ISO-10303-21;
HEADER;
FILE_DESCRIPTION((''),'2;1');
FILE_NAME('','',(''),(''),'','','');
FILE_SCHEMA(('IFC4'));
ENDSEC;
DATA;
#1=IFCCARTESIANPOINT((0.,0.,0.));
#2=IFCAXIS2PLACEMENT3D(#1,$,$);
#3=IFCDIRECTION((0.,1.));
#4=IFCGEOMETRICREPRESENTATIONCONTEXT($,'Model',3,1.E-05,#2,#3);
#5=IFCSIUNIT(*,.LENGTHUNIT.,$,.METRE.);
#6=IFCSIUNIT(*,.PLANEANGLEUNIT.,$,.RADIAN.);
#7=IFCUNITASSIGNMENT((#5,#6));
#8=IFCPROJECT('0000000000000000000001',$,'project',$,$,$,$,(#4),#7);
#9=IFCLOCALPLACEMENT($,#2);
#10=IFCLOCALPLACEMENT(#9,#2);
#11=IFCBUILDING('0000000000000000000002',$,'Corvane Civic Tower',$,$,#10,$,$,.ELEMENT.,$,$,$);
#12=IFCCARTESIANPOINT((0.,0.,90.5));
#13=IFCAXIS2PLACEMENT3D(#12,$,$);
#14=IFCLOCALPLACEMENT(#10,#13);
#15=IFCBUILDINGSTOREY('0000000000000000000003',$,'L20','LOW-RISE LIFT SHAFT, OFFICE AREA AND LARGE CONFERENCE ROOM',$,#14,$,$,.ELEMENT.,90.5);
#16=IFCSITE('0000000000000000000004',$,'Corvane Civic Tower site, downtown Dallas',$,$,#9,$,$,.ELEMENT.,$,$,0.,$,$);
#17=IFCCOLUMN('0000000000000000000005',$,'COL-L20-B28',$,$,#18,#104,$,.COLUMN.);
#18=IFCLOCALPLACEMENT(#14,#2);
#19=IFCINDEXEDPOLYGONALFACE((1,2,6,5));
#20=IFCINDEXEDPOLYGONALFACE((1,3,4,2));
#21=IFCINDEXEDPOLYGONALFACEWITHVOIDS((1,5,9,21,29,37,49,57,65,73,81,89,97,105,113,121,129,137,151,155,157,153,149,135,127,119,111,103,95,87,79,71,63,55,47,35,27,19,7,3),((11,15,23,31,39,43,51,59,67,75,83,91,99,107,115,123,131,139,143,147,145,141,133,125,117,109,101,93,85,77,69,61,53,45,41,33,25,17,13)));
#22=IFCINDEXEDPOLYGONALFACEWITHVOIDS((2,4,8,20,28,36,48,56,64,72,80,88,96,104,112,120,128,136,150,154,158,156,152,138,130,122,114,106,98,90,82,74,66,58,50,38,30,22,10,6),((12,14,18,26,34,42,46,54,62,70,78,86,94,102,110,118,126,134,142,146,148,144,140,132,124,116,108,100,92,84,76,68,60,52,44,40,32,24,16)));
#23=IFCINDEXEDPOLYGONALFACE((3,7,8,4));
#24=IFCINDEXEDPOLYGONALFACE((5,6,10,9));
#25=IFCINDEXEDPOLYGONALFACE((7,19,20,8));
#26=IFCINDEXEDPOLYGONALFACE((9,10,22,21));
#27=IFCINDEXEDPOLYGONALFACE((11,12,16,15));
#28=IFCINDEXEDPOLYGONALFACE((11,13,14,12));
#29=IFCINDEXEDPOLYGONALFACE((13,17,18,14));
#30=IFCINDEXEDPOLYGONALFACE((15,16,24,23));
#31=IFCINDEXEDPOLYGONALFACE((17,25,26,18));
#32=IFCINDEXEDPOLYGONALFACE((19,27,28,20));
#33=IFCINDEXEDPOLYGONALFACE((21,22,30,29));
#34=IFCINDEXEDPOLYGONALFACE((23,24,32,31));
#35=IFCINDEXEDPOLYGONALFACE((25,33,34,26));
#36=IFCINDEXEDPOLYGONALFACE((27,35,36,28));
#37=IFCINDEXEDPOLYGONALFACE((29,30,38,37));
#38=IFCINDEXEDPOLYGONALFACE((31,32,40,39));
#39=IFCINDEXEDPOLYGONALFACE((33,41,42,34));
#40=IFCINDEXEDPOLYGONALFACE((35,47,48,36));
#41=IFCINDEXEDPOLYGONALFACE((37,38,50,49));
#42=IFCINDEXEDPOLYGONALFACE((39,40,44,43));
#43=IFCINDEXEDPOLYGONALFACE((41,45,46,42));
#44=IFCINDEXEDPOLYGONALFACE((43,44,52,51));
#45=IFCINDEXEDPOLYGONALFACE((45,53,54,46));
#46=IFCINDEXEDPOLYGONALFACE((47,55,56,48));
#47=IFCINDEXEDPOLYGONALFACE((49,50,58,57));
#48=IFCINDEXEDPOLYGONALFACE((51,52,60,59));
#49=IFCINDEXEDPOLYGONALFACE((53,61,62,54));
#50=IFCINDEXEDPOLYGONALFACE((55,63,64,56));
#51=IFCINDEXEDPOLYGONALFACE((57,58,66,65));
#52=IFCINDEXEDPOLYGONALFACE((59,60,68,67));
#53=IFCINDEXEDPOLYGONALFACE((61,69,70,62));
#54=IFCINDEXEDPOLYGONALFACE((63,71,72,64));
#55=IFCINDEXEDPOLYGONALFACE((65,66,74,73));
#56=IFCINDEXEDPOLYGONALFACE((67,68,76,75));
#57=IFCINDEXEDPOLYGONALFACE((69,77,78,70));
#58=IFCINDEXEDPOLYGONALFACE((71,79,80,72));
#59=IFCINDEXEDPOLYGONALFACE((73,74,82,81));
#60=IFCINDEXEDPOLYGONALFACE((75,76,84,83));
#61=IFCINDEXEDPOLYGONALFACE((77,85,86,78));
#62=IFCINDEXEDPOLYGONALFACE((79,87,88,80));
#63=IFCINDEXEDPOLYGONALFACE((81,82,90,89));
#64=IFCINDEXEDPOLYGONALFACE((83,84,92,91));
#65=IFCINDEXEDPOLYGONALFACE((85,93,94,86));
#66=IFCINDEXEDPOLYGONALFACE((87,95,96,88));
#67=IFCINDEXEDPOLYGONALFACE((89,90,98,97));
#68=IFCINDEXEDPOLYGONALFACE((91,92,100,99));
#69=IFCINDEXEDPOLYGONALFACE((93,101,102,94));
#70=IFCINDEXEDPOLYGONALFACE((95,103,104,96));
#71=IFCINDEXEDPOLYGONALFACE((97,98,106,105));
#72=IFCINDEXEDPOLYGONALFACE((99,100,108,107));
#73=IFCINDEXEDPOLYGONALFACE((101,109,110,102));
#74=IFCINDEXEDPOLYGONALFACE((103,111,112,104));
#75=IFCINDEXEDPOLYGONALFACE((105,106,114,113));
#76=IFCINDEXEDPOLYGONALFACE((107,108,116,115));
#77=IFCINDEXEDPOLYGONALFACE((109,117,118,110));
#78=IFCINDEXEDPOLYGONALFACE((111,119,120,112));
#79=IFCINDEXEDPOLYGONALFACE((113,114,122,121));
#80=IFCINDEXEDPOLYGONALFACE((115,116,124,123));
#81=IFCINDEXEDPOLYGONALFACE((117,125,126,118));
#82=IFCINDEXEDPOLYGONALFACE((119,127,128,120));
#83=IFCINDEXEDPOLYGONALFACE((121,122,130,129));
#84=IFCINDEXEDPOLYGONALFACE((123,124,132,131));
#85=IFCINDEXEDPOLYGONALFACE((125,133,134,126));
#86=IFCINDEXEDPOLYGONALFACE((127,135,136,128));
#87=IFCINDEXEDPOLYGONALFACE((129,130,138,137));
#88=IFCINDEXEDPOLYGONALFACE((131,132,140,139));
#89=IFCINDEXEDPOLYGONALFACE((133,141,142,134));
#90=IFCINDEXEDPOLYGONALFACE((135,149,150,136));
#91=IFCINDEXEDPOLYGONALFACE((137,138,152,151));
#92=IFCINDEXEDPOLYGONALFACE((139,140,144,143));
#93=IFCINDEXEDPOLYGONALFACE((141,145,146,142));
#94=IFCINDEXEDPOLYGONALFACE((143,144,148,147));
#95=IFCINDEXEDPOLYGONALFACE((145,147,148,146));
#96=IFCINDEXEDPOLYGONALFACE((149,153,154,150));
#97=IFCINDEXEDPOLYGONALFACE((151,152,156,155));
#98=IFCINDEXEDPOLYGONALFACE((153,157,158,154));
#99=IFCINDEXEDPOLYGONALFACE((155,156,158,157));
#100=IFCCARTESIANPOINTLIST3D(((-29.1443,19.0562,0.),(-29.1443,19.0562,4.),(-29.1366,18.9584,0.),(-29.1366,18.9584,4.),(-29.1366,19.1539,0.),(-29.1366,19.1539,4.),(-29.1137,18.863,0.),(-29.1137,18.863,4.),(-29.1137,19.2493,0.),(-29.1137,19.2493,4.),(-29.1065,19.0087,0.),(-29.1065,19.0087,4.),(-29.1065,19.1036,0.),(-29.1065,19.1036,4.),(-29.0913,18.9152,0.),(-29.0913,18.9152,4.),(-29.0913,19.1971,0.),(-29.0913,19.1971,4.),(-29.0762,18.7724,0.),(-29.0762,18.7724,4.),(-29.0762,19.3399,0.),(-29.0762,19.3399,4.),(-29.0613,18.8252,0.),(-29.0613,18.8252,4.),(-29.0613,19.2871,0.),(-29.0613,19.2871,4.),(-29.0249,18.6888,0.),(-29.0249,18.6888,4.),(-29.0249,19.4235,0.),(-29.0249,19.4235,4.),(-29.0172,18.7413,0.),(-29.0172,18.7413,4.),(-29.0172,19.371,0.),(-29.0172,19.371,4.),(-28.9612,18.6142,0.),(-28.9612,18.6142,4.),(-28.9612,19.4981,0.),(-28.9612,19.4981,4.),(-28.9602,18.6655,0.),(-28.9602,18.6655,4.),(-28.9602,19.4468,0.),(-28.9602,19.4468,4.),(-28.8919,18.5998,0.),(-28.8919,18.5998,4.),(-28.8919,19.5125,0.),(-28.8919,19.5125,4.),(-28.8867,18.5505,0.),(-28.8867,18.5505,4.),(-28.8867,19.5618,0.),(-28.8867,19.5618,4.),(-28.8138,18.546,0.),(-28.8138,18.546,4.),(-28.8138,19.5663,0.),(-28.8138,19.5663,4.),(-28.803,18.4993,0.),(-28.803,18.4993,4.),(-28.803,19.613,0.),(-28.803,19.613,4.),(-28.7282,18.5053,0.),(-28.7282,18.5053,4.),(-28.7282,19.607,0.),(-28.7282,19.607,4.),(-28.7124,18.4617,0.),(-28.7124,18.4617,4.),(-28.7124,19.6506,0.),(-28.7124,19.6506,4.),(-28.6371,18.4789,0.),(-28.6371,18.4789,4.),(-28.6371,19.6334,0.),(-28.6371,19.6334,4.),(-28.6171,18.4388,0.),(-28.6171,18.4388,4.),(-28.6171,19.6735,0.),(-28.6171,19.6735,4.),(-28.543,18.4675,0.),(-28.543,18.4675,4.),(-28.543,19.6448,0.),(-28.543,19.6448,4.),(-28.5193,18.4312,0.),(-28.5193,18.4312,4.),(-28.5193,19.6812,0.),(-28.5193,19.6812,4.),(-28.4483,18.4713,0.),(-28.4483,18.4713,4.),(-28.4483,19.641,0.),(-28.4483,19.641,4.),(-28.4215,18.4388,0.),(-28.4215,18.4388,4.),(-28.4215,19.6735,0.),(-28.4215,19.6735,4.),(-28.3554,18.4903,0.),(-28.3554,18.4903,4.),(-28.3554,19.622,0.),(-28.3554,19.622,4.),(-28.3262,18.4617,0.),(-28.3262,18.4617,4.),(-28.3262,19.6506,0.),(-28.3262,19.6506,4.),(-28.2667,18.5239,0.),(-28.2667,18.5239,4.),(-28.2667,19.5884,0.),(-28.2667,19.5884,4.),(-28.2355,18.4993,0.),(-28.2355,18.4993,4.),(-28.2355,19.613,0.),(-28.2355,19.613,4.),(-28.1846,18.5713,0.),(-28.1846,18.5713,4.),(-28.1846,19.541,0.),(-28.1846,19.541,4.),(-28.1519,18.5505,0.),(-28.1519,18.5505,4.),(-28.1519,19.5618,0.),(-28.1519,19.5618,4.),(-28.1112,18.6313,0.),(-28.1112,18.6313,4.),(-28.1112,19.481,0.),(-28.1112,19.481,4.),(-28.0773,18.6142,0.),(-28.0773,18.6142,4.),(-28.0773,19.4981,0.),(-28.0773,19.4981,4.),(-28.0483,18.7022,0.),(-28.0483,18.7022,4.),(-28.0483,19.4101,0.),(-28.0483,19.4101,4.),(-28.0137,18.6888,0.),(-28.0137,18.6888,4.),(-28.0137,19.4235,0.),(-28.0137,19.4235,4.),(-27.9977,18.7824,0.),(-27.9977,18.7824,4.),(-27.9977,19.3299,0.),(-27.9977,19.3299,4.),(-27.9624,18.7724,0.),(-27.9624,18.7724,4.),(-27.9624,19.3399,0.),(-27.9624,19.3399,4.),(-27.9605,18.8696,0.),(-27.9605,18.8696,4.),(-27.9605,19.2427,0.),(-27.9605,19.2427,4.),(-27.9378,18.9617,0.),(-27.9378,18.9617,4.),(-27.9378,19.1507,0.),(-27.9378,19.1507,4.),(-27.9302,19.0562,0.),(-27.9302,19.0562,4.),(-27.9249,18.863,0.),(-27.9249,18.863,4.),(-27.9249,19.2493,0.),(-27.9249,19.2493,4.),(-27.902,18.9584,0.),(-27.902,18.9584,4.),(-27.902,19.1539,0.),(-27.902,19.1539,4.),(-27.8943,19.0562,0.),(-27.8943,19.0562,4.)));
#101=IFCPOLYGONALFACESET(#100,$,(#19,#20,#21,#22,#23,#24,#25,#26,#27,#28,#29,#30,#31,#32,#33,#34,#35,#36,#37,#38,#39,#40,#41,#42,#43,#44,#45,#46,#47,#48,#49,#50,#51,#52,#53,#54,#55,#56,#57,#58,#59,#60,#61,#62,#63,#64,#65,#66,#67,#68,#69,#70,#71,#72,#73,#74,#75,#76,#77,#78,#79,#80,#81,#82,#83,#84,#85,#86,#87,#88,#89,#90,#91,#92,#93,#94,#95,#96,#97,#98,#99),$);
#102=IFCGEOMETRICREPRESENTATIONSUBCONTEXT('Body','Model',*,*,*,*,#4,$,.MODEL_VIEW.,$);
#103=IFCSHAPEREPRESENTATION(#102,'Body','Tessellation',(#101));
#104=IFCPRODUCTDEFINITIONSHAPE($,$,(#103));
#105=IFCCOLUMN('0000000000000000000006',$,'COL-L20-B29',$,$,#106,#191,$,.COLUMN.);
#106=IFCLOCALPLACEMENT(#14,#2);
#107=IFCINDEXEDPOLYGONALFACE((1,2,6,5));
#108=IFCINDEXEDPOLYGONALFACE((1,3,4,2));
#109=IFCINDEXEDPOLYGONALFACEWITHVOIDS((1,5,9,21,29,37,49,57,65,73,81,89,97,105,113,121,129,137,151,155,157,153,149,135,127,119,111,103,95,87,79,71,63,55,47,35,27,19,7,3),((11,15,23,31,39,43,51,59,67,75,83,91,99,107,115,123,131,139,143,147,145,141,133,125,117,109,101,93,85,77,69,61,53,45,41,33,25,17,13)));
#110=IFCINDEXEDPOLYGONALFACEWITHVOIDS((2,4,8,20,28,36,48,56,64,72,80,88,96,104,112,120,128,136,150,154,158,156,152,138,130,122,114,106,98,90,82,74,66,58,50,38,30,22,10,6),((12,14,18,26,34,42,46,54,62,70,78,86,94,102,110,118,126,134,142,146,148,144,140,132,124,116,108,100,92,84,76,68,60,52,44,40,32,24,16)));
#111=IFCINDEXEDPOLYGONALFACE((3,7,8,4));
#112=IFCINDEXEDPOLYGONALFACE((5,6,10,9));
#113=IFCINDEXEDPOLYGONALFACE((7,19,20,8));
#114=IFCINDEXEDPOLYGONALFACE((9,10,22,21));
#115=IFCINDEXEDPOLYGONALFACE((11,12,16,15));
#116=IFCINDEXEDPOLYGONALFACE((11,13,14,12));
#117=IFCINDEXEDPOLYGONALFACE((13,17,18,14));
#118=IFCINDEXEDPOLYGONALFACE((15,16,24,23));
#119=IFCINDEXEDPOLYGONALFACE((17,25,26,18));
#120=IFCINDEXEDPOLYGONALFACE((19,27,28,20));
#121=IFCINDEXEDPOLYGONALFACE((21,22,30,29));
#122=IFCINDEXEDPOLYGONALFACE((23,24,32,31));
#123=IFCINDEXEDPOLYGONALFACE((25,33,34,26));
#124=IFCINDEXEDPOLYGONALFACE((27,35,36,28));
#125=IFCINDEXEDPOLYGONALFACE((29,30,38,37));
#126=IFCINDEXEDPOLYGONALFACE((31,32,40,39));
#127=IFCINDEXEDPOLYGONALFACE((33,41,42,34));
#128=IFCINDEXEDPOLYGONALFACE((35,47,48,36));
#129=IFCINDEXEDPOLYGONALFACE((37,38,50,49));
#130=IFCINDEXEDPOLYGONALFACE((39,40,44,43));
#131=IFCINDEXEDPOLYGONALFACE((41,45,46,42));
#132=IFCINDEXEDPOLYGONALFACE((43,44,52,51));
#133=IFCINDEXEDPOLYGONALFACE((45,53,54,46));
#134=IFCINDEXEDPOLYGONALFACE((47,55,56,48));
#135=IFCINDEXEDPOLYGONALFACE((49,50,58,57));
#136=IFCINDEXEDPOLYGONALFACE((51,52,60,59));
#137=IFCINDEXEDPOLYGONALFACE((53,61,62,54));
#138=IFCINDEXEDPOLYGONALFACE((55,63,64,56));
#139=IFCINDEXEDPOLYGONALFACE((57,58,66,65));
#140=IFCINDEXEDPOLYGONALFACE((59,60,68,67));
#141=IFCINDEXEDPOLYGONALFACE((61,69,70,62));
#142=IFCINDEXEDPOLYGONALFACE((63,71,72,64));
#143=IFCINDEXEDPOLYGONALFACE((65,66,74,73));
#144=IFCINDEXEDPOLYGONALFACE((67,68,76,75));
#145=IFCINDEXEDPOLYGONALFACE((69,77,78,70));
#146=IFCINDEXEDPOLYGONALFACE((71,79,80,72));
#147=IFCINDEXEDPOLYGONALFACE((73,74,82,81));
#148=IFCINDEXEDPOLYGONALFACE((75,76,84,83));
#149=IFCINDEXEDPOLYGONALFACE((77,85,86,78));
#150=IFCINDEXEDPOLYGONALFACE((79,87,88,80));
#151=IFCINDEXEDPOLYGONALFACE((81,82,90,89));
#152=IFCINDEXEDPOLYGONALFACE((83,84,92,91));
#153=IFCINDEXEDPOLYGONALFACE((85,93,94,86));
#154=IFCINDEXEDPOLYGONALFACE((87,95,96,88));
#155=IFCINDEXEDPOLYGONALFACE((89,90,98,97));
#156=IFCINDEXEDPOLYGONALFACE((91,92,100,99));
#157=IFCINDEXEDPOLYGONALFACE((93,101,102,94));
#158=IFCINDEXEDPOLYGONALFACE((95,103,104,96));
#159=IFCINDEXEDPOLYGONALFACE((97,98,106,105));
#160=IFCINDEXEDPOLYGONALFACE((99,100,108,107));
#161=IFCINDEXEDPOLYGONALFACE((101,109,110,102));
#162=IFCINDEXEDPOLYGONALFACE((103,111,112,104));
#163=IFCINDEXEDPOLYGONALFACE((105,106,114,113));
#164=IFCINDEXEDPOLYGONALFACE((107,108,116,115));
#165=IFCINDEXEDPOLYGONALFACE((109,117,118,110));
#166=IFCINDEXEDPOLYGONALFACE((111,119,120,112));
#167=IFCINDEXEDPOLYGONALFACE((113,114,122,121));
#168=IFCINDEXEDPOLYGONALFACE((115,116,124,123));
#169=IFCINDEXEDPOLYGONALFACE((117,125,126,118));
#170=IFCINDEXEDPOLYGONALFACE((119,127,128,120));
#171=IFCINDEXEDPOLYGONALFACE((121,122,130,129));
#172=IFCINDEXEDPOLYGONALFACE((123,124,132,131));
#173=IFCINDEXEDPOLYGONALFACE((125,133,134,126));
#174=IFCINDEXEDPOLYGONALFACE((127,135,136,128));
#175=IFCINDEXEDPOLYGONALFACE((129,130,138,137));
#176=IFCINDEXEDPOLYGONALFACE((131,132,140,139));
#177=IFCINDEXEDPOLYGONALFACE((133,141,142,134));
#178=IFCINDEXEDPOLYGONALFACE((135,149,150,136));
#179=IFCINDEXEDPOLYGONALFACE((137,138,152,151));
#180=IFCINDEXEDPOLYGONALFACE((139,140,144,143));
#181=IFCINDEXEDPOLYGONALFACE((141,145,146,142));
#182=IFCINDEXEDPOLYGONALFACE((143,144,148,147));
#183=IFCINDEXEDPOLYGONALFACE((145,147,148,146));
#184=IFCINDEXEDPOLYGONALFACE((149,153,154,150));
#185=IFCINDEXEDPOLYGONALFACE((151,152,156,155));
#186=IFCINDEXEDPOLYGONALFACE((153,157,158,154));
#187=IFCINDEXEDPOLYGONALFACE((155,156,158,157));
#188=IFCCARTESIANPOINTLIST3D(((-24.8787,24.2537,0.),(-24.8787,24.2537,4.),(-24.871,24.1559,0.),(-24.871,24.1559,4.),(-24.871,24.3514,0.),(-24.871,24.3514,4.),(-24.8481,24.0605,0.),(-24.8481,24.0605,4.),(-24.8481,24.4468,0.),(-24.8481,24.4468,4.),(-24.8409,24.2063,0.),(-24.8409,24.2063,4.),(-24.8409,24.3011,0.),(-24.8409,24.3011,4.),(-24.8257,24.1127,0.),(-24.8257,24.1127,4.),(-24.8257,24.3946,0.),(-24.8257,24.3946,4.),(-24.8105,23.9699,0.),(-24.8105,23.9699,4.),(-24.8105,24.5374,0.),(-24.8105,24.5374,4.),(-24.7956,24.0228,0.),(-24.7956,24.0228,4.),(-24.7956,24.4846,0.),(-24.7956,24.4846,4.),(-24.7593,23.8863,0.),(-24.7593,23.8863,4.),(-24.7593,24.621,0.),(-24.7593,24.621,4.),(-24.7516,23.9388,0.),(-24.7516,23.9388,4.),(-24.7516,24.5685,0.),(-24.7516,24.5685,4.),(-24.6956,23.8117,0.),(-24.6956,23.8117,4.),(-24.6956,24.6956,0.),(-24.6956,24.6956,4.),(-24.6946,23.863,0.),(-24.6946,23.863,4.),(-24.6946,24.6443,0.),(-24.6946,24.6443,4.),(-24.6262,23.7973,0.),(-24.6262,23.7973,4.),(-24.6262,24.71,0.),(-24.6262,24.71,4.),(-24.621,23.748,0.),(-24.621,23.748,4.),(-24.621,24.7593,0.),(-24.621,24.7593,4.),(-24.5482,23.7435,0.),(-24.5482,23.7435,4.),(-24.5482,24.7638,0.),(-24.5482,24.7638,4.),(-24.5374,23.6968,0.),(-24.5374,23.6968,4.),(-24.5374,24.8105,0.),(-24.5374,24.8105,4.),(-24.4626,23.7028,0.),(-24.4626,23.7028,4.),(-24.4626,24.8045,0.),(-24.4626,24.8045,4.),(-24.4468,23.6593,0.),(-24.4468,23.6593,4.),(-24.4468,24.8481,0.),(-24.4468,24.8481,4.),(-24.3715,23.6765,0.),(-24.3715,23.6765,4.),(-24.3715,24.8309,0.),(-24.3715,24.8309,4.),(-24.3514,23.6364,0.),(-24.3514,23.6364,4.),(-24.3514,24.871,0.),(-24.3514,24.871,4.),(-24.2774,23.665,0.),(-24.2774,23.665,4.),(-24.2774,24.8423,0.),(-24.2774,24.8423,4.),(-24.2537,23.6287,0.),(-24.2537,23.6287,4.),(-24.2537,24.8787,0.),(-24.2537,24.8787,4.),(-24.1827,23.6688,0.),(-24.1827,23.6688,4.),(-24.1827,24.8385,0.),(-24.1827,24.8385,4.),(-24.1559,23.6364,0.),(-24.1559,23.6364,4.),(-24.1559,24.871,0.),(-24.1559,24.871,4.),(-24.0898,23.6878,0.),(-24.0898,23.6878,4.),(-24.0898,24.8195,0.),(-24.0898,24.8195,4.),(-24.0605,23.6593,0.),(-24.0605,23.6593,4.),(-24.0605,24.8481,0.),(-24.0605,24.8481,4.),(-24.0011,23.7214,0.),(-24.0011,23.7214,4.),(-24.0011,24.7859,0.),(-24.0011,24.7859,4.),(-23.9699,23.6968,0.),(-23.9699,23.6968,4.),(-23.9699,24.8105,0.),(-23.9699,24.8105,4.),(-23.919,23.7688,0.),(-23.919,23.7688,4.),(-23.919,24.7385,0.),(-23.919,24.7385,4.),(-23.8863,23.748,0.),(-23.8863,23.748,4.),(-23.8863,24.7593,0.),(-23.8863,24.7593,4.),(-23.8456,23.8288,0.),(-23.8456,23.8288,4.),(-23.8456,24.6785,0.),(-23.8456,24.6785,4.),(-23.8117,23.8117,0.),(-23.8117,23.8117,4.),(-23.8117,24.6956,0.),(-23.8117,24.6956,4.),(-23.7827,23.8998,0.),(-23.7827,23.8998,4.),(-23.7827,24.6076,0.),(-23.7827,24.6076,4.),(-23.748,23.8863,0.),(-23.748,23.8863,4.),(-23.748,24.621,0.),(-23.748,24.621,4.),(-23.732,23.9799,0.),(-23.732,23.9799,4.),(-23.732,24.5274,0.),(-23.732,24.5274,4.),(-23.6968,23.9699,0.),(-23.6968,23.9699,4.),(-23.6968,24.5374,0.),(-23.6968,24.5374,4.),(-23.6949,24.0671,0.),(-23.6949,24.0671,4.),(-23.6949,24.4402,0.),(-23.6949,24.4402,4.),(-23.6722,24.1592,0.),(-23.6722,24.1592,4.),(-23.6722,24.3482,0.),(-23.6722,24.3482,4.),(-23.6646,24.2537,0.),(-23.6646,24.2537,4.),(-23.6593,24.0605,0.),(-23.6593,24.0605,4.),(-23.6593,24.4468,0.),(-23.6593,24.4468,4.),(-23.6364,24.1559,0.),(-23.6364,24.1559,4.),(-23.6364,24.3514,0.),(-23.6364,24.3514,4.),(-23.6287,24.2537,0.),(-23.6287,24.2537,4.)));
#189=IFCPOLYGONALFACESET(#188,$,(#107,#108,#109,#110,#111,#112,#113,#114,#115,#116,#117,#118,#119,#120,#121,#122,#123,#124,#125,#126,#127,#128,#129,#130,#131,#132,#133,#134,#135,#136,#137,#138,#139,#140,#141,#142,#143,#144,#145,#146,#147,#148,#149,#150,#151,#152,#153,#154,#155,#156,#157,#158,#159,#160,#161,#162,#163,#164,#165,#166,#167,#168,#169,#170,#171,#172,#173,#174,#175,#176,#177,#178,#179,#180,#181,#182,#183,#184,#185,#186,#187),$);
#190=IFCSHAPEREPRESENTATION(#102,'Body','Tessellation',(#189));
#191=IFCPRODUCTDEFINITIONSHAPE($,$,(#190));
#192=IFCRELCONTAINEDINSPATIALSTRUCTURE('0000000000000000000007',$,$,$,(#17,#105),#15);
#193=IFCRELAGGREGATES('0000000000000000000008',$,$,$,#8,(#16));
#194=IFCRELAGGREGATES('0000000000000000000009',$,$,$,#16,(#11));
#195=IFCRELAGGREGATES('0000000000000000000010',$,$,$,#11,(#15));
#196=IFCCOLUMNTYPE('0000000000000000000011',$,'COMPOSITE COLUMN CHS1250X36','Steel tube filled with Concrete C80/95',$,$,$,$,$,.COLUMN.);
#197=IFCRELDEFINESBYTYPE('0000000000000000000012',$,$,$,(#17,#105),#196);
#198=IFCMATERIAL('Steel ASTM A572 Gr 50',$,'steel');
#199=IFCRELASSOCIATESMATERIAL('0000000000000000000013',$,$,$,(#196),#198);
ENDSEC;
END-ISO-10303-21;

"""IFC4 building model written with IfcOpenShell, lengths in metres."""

from ifc_helpers import new_model, si_unit, direction, frame, origin, origin_2d, place, context, subcontext, project, spatial, hollow_circle, extrude, material, material_profile, profile_set, type_object, element, save


model = new_model("IFC4")

# Units and contexts
model_context = context("Model", 3, precision=1e-05, world=origin(), true_north=direction((0.0, 1.0)))
body_context = subcontext(model_context, "Body", "Model", "MODEL_VIEW")
ifc_project = project(units=[si_unit("LENGTHUNIT", "METRE"), si_unit("PLANEANGLEUNIT", "RADIAN")], contexts=[model_context])

# Site, building, storey
site_placement = place(None, origin())
site = spatial("IfcSite", under=ifc_project, at=site_placement, Name="Corvane Civic Tower site, downtown Dallas", CompositionType="ELEMENT", RefElevation=0.0)
building_placement = place(site_placement, origin())
building = spatial("IfcBuilding", under=site, at=building_placement, Name="Corvane Civic Tower", CompositionType="ELEMENT")
storey_placement = place(building_placement, frame((0.0, 0.0, 90.5)))
storey = spatial("IfcBuildingStorey", under=building, at=storey_placement, Name="L20", Description="LOW-RISE LIFT SHAFT, OFFICE AREA AND LARGE CONFERENCE ROOM", CompositionType="ELEMENT", Elevation=90.5)

# Columns
ifc_material_1 = material(Name="Steel ASTM A572 Gr 50", Category="steel")
ifc_material_profile_1 = material_profile(ifc_material_1, hollow_circle(Radius=0.625, WallThickness=0.0359, at=origin_2d()), Name="CHS1250X36")
ifc_profile_set_1 = profile_set([ifc_material_profile_1], Name="Steel ASTM A572 Gr 50")
column_type = type_object("IfcColumnType", Name="COMPOSITE COLUMN CHS1250X36", Description="Steel tube filled with Concrete C80/95", PredefinedType="COLUMN", material=ifc_profile_set_1)
for number, where, z_axis, x_axis, name in (
    (1, (-28.5193, 19.0562, 0.0), (0.0, 0.0, 1.0), (1.0, 0.0, 0.0), "COL-L20-B28"),
    (2, (-24.2537, 24.2537, 0.0), (0.0, 0.0, 1.0), (1.0, 0.0, 0.0), "COL-L20-B29"),
):
    element("IfcColumn", number, at=place(storey_placement, frame(where, z_axis=z_axis, x_axis=x_axis)), inside=storey, type_object=column_type, Name=name, PredefinedType="COLUMN", context=body_context, shape_type="SweptSolid", body=[
        extrude(hollow_circle(Radius=0.625, WallThickness=0.0359, at=origin_2d()), origin(), (0.0, 0.0, 1.0), 4.0),
    ])

save(model, "model.ifc")
